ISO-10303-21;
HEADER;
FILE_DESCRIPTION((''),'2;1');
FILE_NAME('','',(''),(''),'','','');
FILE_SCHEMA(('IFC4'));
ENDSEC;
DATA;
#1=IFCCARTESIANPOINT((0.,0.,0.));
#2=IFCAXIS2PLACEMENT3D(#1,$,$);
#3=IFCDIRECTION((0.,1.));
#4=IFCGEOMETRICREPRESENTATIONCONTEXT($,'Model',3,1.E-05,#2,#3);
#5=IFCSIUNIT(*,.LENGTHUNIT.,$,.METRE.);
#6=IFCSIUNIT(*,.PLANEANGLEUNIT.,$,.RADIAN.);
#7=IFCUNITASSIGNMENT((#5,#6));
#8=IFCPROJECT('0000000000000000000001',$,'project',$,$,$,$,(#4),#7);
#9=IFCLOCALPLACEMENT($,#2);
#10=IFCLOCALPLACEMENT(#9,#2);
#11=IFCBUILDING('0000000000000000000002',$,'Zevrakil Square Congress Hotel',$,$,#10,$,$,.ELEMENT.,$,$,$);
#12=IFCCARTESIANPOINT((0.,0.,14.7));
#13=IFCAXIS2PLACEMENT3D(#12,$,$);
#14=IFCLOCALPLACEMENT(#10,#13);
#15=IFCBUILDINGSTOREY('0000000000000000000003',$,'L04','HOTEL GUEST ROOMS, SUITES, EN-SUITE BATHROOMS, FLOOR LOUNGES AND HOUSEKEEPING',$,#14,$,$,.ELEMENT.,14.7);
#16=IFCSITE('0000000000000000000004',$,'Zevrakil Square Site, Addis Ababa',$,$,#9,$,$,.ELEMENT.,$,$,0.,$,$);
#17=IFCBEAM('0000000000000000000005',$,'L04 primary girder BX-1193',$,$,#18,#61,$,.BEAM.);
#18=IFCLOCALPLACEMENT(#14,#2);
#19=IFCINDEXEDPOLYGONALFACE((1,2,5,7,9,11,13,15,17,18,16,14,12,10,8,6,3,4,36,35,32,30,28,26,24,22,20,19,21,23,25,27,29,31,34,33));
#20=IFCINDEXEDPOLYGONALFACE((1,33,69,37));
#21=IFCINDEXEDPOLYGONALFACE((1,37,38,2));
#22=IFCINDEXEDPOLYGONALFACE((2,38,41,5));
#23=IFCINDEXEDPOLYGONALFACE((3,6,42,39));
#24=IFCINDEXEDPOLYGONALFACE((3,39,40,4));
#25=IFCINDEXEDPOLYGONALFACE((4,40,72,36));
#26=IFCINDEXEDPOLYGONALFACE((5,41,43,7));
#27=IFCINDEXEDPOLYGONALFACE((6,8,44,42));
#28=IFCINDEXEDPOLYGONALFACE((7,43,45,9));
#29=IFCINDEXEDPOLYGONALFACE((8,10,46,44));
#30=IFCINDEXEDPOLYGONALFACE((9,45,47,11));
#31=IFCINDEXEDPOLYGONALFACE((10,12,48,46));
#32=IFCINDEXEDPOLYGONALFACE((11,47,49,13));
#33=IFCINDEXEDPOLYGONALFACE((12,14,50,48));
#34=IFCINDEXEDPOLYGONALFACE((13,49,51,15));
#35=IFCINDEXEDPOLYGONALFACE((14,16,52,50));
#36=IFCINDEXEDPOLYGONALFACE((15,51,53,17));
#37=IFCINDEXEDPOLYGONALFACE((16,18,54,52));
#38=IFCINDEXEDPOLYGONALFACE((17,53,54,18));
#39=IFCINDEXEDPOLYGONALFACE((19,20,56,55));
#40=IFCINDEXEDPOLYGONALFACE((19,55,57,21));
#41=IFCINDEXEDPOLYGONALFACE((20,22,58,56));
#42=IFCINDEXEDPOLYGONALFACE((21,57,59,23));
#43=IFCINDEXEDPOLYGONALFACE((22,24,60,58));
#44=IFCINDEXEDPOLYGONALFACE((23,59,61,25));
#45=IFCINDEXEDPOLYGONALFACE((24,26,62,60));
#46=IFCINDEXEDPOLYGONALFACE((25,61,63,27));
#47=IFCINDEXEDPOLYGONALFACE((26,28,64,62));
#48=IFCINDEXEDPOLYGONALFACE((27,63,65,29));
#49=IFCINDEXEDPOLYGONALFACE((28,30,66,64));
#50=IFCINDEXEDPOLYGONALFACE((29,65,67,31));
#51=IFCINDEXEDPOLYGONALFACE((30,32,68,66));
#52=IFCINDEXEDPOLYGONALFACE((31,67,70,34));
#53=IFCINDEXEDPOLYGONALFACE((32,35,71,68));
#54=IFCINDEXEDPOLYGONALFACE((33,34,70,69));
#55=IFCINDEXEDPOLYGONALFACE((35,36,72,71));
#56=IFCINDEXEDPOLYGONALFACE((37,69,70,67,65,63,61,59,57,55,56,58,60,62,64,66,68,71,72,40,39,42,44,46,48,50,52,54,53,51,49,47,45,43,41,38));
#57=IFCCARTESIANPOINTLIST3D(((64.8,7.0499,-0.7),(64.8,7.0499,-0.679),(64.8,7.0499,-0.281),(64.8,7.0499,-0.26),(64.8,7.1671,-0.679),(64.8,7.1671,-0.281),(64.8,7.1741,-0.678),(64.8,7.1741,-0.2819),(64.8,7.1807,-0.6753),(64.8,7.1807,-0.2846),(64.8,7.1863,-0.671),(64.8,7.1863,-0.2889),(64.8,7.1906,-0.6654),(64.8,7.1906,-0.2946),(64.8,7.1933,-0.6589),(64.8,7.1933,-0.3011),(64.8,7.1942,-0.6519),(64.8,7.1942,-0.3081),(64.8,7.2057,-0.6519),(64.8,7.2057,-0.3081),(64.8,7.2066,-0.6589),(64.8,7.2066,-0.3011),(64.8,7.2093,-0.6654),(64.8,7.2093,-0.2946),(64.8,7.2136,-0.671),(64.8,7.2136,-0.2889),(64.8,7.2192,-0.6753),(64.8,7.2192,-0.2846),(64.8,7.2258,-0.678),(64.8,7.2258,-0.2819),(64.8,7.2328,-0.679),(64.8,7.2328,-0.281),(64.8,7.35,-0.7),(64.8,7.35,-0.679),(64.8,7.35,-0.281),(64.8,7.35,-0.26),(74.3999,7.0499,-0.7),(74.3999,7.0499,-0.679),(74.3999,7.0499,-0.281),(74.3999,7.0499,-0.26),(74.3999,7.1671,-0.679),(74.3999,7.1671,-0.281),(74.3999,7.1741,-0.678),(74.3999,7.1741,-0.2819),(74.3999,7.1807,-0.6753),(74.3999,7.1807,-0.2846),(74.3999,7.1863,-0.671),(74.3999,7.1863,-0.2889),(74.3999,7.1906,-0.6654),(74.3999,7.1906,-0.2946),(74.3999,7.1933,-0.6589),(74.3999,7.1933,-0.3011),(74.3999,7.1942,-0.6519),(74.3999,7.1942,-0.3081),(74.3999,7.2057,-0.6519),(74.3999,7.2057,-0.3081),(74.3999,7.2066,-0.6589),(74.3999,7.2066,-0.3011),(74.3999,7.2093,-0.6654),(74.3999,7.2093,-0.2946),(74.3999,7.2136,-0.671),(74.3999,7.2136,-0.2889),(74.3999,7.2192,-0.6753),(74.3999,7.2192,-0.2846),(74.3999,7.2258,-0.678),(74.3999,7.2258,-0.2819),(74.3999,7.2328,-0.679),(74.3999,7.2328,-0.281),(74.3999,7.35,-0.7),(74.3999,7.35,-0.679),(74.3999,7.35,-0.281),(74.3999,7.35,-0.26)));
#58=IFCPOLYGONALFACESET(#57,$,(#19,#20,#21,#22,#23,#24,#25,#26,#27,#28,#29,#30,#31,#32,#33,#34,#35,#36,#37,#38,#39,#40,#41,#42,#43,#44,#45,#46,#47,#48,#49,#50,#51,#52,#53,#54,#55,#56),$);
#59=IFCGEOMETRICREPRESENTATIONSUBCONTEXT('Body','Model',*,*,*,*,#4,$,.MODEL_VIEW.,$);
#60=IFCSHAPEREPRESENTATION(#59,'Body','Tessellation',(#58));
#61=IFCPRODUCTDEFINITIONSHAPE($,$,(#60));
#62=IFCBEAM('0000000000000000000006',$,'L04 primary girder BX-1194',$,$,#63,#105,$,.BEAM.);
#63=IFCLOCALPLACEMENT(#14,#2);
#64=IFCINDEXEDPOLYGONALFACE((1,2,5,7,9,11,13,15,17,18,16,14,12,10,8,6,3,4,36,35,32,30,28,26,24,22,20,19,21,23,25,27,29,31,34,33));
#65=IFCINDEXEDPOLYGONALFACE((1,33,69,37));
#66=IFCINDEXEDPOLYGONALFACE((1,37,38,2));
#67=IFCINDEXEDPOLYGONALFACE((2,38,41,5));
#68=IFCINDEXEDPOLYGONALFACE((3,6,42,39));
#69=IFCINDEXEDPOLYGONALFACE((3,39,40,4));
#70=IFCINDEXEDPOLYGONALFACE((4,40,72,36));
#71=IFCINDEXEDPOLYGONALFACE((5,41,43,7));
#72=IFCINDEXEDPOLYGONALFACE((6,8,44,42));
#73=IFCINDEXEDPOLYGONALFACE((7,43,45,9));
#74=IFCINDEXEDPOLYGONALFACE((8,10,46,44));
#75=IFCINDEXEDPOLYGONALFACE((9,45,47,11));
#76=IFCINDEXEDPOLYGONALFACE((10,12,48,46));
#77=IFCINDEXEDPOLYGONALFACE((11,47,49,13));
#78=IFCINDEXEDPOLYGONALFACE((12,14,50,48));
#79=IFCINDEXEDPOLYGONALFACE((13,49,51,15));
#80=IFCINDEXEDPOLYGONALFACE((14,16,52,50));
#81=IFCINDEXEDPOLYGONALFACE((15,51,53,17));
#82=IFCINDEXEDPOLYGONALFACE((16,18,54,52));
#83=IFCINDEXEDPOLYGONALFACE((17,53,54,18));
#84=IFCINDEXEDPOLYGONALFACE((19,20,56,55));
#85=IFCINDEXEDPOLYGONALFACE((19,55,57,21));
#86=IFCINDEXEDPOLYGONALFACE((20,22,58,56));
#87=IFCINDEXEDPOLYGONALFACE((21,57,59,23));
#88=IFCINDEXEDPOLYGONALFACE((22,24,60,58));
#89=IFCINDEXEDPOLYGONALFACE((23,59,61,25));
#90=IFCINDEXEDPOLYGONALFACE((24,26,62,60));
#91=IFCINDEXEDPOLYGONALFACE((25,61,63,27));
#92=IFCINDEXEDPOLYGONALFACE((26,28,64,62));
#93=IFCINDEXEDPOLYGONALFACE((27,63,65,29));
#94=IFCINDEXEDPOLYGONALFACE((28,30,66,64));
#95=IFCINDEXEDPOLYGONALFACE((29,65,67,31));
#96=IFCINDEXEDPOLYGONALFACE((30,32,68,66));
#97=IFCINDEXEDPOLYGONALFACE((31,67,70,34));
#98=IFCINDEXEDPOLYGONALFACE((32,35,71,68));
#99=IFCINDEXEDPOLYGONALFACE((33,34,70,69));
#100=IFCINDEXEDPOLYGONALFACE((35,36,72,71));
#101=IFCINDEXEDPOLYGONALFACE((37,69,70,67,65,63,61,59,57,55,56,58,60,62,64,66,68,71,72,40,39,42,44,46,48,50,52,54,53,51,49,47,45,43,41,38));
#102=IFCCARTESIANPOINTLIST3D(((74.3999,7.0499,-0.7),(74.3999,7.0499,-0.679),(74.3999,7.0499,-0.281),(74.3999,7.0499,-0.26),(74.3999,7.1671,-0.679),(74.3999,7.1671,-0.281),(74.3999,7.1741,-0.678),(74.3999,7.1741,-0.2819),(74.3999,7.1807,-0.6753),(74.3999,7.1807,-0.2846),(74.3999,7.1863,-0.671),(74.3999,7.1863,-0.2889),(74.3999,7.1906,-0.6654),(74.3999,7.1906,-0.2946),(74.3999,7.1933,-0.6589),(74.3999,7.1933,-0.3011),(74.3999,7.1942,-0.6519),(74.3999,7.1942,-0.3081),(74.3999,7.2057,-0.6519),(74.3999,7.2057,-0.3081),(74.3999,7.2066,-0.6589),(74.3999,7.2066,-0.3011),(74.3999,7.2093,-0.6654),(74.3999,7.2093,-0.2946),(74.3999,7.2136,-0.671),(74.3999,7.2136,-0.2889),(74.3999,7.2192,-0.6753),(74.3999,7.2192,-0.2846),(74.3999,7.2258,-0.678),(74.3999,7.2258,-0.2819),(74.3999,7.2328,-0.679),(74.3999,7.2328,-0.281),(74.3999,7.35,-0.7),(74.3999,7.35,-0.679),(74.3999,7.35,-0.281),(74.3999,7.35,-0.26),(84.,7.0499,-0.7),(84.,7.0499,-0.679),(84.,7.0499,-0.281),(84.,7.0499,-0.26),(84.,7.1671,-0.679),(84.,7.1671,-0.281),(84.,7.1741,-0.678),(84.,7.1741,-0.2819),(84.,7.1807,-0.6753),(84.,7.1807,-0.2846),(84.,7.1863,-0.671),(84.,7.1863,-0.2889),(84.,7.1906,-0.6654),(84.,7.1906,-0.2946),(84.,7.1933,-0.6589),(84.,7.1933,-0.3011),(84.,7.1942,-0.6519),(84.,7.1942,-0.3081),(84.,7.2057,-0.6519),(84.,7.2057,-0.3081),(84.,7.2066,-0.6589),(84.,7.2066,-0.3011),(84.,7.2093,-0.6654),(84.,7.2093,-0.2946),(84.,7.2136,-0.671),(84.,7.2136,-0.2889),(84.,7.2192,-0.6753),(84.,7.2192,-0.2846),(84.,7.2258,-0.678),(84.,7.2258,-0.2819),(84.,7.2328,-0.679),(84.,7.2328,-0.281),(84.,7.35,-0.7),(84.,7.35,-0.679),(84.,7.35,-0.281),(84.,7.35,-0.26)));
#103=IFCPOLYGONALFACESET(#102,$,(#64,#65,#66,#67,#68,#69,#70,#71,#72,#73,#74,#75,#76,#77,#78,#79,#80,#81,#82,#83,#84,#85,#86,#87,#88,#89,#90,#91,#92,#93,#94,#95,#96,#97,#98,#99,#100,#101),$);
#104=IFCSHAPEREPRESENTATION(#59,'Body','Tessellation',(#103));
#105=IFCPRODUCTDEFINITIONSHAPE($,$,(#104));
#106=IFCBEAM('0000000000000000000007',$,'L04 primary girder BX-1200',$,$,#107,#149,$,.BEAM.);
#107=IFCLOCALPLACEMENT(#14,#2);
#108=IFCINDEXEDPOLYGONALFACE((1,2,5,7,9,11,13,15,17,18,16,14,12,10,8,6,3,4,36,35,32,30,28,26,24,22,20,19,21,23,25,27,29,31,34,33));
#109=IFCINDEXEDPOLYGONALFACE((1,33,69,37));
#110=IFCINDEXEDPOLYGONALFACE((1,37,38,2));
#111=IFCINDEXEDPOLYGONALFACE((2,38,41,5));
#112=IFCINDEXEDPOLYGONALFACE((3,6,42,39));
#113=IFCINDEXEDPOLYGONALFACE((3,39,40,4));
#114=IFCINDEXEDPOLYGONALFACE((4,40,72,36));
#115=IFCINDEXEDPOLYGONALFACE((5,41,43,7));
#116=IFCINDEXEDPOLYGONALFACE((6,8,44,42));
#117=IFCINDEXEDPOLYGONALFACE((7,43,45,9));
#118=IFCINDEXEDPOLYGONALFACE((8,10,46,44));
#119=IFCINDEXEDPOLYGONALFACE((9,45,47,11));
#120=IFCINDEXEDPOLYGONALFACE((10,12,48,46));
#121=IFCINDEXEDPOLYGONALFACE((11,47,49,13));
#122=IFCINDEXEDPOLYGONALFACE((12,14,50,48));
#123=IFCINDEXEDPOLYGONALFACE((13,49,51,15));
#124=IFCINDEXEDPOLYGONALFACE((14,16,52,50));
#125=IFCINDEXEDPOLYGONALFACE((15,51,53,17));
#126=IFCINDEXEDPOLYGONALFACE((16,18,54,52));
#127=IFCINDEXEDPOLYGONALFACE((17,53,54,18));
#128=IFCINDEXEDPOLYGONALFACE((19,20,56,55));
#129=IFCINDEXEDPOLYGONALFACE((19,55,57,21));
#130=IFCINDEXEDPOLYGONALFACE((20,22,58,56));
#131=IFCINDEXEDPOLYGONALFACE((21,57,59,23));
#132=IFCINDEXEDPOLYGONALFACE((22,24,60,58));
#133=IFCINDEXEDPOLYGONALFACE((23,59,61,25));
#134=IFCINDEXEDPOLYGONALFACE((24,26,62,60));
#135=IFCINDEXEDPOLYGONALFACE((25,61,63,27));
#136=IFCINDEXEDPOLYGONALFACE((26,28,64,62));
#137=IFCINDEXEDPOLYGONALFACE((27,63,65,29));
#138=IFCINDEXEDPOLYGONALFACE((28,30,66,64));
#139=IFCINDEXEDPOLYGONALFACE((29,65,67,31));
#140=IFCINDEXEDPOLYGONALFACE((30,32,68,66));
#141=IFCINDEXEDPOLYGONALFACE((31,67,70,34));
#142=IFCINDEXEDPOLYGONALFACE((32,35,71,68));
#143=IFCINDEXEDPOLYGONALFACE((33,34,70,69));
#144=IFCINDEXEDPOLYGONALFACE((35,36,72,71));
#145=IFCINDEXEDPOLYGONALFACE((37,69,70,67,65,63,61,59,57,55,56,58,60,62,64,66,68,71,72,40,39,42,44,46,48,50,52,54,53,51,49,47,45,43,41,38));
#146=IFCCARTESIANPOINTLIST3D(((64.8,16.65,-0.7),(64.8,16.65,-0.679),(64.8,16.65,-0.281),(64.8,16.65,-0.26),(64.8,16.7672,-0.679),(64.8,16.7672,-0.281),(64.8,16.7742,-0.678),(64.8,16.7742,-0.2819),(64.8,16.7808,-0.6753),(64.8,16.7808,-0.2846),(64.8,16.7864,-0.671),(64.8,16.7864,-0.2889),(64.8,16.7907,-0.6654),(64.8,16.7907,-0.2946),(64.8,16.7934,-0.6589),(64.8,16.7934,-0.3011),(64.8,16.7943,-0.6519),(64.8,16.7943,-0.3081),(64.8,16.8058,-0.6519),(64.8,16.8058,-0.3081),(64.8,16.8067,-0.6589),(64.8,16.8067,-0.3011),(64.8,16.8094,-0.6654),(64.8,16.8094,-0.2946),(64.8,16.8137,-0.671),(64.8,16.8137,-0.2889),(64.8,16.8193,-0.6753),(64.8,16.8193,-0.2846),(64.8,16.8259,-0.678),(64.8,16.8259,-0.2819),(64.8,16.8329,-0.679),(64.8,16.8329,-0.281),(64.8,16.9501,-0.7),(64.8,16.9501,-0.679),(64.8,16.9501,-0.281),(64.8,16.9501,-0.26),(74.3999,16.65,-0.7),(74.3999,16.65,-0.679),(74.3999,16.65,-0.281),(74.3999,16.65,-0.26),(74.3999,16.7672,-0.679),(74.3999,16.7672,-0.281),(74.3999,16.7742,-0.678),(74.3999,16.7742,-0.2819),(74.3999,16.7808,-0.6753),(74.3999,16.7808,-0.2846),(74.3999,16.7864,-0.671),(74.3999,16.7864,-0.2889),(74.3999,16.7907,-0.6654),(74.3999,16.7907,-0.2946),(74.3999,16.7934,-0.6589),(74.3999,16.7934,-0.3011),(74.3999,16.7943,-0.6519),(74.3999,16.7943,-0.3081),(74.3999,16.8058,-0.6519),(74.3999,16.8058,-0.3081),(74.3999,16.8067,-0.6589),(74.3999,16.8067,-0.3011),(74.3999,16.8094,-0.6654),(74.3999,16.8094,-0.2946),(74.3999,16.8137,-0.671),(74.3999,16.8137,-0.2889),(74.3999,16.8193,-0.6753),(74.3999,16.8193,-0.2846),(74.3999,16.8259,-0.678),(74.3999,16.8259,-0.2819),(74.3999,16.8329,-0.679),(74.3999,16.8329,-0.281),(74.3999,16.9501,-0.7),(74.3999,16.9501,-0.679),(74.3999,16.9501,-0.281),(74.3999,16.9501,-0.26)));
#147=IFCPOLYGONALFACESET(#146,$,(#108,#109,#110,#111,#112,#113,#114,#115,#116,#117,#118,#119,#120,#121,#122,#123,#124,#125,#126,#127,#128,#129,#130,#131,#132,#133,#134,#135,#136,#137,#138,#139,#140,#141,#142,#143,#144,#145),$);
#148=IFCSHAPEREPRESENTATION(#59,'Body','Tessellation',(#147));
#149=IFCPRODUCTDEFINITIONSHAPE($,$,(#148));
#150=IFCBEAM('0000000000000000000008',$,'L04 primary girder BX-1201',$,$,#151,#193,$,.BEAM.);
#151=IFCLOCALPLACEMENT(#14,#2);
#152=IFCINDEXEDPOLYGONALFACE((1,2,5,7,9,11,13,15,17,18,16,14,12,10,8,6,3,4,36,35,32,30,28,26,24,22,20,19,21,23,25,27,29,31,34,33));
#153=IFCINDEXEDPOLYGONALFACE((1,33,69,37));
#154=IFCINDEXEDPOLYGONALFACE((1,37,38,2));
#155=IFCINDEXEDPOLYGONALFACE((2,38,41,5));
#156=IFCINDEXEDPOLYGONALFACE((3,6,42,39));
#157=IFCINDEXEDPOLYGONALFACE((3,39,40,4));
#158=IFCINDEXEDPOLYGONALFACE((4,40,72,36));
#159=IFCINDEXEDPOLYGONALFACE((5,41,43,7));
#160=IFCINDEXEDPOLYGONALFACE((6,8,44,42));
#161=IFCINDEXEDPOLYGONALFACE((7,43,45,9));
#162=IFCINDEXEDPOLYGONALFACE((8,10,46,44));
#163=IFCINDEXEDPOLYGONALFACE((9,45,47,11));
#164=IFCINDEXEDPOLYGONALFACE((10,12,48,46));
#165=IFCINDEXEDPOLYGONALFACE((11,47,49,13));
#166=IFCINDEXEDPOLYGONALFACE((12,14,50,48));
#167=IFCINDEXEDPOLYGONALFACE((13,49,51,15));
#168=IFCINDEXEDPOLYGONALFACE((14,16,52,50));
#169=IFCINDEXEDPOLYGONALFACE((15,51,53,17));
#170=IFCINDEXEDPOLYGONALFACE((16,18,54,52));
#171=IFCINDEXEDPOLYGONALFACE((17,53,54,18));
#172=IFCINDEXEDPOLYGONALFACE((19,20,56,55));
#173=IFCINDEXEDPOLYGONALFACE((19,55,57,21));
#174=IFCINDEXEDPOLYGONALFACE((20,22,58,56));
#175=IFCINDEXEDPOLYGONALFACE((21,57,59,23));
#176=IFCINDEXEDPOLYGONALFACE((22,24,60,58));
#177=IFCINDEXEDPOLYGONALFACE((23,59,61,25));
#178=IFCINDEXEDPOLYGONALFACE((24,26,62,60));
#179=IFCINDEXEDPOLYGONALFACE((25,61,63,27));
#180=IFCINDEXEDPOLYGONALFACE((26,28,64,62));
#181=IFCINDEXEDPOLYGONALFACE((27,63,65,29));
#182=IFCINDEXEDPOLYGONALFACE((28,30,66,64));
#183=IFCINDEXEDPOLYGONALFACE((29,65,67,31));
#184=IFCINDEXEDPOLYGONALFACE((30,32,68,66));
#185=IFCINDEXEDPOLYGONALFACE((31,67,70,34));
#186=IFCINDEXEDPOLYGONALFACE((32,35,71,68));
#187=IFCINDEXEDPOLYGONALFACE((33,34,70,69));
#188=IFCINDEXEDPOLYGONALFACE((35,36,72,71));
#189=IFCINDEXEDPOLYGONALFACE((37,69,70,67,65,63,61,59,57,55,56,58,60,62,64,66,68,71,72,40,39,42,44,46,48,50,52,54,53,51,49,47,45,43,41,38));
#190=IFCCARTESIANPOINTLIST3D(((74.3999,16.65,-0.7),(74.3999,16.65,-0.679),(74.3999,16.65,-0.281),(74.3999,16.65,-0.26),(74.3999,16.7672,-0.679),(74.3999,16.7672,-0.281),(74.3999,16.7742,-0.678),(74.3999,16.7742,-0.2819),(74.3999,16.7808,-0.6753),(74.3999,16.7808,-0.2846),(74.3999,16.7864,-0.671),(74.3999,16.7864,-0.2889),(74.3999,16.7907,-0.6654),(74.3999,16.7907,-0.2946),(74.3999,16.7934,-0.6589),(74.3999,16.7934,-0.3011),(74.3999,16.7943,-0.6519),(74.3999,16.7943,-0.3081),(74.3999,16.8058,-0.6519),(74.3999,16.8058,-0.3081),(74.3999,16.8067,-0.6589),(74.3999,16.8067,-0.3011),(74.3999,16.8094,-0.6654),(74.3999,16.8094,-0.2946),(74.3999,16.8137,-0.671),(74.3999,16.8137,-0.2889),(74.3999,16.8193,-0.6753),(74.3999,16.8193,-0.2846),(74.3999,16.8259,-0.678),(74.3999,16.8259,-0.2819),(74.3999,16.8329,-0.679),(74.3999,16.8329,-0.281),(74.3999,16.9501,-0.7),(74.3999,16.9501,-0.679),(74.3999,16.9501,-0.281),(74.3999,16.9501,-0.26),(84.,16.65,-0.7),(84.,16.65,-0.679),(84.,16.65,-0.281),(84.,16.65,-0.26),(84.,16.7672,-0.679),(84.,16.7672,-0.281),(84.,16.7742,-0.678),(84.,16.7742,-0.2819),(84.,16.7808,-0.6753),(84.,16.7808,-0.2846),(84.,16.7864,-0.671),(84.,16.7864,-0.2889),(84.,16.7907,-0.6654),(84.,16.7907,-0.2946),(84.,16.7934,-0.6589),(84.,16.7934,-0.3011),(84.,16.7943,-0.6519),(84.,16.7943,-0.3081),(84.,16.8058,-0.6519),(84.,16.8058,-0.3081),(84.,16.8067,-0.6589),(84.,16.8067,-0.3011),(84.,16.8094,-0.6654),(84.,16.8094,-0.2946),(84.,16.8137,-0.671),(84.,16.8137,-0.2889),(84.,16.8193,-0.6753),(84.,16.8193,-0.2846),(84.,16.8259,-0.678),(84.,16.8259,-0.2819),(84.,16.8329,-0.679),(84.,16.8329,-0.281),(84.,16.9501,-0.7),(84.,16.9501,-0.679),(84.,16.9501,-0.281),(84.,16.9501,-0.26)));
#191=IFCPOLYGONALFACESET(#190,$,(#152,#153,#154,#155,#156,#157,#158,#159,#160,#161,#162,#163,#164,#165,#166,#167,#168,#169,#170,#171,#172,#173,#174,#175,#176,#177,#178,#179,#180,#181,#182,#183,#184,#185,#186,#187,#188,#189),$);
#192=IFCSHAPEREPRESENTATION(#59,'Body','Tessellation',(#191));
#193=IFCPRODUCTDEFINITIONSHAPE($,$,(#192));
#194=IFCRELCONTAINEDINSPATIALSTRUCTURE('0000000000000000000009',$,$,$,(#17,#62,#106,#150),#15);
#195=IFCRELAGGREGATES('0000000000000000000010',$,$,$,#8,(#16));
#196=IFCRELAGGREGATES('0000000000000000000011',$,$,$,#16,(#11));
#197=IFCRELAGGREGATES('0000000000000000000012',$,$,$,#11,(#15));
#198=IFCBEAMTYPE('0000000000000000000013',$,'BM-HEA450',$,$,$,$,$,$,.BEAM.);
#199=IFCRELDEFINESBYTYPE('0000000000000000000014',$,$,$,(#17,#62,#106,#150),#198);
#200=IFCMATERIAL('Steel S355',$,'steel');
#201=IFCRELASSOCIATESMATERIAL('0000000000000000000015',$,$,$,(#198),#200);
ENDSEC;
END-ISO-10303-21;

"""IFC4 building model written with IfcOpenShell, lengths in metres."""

from ifc_helpers import new_model, si_unit, direction, frame, origin, origin_2d, place, context, subcontext, project, spatial, i_section, extrude, material, material_profile, profile_set, type_object, element, save


model = new_model("IFC4")

# Units and contexts
model_context = context("Model", 3, precision=1e-05, world=origin(), true_north=direction((0.0, 1.0)))
body_context = subcontext(model_context, "Body", "Model", "MODEL_VIEW")
ifc_project = project(units=[si_unit("LENGTHUNIT", "METRE"), si_unit("PLANEANGLEUNIT", "RADIAN")], contexts=[model_context])

# Site, building, storey
site_placement = place(None, origin())
site = spatial("IfcSite", under=ifc_project, at=site_placement, Name="Zevrakil Square Site, Addis Ababa", CompositionType="ELEMENT", RefElevation=0.0)
building_placement = place(site_placement, origin())
building = spatial("IfcBuilding", under=site, at=building_placement, Name="Zevrakil Square Congress Hotel", CompositionType="ELEMENT")
storey_placement = place(building_placement, frame((0.0, 0.0, 14.7)))
storey = spatial("IfcBuildingStorey", under=building, at=storey_placement, Name="L04", Description="HOTEL GUEST ROOMS, SUITES, EN-SUITE BATHROOMS, FLOOR LOUNGES AND HOUSEKEEPING", CompositionType="ELEMENT", Elevation=14.7)

# Beams
ifc_material_1 = material(Name="Steel S355", Category="steel")
ifc_material_profile_1 = material_profile(ifc_material_1, i_section(OverallWidth=0.3, OverallDepth=0.4399, WebThickness=0.0115, FlangeThickness=0.021, FilletRadius=0.0271, at=origin_2d()), Name="HEA 450")
ifc_profile_set_1 = profile_set([ifc_material_profile_1], Name="Steel S355")
beam_type_1 = type_object("IfcBeamType", Name="BM-HEA450", PredefinedType="BEAM", material=ifc_profile_set_1)
beam_1_placement = place(storey_placement, frame((64.8, 7.2, -0.48), z_axis=(1.0, 0.0, 0.0), x_axis=(0.0, 1.0, 0.0)))
element("IfcBeam", 1, at=beam_1_placement, inside=storey, type_object=beam_type_1, Name="L04 primary girder BX-1193", PredefinedType="BEAM", context=body_context, shape_type="SweptSolid", body=[
    extrude(i_section(OverallWidth=0.3, OverallDepth=0.4399, WebThickness=0.0115, FlangeThickness=0.021, FilletRadius=0.0271, at=origin_2d()), origin(), (0.0, 0.0, 1.0), 9.5999),
])
beam_2_placement = place(storey_placement, frame((74.3999, 7.2, -0.48), z_axis=(1.0, 0.0, 0.0), x_axis=(0.0, 1.0, 0.0)))
element("IfcBeam", 2, at=beam_2_placement, inside=storey, type_object=beam_type_1, Name="L04 primary girder BX-1194", PredefinedType="BEAM", context=body_context, shape_type="SweptSolid", body=[
    extrude(i_section(OverallWidth=0.3, OverallDepth=0.4399, WebThickness=0.0115, FlangeThickness=0.021, FilletRadius=0.0271, at=origin_2d()), origin(), (0.0, 0.0, 1.0), 9.6001),
])
beam_3_placement = place(storey_placement, frame((64.8, 16.8, -0.48), z_axis=(1.0, 0.0, 0.0), x_axis=(0.0, 1.0, 0.0)))
element("IfcBeam", 3, at=beam_3_placement, inside=storey, type_object=beam_type_1, Name="L04 primary girder BX-1200", PredefinedType="BEAM", context=body_context, shape_type="SweptSolid", body=[
    extrude(i_section(OverallWidth=0.3, OverallDepth=0.4399, WebThickness=0.0115, FlangeThickness=0.021, FilletRadius=0.0271, at=origin_2d()), origin(), (0.0, 0.0, 1.0), 9.5999),
])
beam_4_placement = place(storey_placement, frame((74.3999, 16.8, -0.48), z_axis=(1.0, 0.0, 0.0), x_axis=(0.0, 1.0, 0.0)))
element("IfcBeam", 4, at=beam_4_placement, inside=storey, type_object=beam_type_1, Name="L04 primary girder BX-1201", PredefinedType="BEAM", context=body_context, shape_type="SweptSolid", body=[
    extrude(i_section(OverallWidth=0.3, OverallDepth=0.4399, WebThickness=0.0115, FlangeThickness=0.021, FilletRadius=0.0271, at=origin_2d()), origin(), (0.0, 0.0, 1.0), 9.6001),
])

save(model, "model.ifc")
